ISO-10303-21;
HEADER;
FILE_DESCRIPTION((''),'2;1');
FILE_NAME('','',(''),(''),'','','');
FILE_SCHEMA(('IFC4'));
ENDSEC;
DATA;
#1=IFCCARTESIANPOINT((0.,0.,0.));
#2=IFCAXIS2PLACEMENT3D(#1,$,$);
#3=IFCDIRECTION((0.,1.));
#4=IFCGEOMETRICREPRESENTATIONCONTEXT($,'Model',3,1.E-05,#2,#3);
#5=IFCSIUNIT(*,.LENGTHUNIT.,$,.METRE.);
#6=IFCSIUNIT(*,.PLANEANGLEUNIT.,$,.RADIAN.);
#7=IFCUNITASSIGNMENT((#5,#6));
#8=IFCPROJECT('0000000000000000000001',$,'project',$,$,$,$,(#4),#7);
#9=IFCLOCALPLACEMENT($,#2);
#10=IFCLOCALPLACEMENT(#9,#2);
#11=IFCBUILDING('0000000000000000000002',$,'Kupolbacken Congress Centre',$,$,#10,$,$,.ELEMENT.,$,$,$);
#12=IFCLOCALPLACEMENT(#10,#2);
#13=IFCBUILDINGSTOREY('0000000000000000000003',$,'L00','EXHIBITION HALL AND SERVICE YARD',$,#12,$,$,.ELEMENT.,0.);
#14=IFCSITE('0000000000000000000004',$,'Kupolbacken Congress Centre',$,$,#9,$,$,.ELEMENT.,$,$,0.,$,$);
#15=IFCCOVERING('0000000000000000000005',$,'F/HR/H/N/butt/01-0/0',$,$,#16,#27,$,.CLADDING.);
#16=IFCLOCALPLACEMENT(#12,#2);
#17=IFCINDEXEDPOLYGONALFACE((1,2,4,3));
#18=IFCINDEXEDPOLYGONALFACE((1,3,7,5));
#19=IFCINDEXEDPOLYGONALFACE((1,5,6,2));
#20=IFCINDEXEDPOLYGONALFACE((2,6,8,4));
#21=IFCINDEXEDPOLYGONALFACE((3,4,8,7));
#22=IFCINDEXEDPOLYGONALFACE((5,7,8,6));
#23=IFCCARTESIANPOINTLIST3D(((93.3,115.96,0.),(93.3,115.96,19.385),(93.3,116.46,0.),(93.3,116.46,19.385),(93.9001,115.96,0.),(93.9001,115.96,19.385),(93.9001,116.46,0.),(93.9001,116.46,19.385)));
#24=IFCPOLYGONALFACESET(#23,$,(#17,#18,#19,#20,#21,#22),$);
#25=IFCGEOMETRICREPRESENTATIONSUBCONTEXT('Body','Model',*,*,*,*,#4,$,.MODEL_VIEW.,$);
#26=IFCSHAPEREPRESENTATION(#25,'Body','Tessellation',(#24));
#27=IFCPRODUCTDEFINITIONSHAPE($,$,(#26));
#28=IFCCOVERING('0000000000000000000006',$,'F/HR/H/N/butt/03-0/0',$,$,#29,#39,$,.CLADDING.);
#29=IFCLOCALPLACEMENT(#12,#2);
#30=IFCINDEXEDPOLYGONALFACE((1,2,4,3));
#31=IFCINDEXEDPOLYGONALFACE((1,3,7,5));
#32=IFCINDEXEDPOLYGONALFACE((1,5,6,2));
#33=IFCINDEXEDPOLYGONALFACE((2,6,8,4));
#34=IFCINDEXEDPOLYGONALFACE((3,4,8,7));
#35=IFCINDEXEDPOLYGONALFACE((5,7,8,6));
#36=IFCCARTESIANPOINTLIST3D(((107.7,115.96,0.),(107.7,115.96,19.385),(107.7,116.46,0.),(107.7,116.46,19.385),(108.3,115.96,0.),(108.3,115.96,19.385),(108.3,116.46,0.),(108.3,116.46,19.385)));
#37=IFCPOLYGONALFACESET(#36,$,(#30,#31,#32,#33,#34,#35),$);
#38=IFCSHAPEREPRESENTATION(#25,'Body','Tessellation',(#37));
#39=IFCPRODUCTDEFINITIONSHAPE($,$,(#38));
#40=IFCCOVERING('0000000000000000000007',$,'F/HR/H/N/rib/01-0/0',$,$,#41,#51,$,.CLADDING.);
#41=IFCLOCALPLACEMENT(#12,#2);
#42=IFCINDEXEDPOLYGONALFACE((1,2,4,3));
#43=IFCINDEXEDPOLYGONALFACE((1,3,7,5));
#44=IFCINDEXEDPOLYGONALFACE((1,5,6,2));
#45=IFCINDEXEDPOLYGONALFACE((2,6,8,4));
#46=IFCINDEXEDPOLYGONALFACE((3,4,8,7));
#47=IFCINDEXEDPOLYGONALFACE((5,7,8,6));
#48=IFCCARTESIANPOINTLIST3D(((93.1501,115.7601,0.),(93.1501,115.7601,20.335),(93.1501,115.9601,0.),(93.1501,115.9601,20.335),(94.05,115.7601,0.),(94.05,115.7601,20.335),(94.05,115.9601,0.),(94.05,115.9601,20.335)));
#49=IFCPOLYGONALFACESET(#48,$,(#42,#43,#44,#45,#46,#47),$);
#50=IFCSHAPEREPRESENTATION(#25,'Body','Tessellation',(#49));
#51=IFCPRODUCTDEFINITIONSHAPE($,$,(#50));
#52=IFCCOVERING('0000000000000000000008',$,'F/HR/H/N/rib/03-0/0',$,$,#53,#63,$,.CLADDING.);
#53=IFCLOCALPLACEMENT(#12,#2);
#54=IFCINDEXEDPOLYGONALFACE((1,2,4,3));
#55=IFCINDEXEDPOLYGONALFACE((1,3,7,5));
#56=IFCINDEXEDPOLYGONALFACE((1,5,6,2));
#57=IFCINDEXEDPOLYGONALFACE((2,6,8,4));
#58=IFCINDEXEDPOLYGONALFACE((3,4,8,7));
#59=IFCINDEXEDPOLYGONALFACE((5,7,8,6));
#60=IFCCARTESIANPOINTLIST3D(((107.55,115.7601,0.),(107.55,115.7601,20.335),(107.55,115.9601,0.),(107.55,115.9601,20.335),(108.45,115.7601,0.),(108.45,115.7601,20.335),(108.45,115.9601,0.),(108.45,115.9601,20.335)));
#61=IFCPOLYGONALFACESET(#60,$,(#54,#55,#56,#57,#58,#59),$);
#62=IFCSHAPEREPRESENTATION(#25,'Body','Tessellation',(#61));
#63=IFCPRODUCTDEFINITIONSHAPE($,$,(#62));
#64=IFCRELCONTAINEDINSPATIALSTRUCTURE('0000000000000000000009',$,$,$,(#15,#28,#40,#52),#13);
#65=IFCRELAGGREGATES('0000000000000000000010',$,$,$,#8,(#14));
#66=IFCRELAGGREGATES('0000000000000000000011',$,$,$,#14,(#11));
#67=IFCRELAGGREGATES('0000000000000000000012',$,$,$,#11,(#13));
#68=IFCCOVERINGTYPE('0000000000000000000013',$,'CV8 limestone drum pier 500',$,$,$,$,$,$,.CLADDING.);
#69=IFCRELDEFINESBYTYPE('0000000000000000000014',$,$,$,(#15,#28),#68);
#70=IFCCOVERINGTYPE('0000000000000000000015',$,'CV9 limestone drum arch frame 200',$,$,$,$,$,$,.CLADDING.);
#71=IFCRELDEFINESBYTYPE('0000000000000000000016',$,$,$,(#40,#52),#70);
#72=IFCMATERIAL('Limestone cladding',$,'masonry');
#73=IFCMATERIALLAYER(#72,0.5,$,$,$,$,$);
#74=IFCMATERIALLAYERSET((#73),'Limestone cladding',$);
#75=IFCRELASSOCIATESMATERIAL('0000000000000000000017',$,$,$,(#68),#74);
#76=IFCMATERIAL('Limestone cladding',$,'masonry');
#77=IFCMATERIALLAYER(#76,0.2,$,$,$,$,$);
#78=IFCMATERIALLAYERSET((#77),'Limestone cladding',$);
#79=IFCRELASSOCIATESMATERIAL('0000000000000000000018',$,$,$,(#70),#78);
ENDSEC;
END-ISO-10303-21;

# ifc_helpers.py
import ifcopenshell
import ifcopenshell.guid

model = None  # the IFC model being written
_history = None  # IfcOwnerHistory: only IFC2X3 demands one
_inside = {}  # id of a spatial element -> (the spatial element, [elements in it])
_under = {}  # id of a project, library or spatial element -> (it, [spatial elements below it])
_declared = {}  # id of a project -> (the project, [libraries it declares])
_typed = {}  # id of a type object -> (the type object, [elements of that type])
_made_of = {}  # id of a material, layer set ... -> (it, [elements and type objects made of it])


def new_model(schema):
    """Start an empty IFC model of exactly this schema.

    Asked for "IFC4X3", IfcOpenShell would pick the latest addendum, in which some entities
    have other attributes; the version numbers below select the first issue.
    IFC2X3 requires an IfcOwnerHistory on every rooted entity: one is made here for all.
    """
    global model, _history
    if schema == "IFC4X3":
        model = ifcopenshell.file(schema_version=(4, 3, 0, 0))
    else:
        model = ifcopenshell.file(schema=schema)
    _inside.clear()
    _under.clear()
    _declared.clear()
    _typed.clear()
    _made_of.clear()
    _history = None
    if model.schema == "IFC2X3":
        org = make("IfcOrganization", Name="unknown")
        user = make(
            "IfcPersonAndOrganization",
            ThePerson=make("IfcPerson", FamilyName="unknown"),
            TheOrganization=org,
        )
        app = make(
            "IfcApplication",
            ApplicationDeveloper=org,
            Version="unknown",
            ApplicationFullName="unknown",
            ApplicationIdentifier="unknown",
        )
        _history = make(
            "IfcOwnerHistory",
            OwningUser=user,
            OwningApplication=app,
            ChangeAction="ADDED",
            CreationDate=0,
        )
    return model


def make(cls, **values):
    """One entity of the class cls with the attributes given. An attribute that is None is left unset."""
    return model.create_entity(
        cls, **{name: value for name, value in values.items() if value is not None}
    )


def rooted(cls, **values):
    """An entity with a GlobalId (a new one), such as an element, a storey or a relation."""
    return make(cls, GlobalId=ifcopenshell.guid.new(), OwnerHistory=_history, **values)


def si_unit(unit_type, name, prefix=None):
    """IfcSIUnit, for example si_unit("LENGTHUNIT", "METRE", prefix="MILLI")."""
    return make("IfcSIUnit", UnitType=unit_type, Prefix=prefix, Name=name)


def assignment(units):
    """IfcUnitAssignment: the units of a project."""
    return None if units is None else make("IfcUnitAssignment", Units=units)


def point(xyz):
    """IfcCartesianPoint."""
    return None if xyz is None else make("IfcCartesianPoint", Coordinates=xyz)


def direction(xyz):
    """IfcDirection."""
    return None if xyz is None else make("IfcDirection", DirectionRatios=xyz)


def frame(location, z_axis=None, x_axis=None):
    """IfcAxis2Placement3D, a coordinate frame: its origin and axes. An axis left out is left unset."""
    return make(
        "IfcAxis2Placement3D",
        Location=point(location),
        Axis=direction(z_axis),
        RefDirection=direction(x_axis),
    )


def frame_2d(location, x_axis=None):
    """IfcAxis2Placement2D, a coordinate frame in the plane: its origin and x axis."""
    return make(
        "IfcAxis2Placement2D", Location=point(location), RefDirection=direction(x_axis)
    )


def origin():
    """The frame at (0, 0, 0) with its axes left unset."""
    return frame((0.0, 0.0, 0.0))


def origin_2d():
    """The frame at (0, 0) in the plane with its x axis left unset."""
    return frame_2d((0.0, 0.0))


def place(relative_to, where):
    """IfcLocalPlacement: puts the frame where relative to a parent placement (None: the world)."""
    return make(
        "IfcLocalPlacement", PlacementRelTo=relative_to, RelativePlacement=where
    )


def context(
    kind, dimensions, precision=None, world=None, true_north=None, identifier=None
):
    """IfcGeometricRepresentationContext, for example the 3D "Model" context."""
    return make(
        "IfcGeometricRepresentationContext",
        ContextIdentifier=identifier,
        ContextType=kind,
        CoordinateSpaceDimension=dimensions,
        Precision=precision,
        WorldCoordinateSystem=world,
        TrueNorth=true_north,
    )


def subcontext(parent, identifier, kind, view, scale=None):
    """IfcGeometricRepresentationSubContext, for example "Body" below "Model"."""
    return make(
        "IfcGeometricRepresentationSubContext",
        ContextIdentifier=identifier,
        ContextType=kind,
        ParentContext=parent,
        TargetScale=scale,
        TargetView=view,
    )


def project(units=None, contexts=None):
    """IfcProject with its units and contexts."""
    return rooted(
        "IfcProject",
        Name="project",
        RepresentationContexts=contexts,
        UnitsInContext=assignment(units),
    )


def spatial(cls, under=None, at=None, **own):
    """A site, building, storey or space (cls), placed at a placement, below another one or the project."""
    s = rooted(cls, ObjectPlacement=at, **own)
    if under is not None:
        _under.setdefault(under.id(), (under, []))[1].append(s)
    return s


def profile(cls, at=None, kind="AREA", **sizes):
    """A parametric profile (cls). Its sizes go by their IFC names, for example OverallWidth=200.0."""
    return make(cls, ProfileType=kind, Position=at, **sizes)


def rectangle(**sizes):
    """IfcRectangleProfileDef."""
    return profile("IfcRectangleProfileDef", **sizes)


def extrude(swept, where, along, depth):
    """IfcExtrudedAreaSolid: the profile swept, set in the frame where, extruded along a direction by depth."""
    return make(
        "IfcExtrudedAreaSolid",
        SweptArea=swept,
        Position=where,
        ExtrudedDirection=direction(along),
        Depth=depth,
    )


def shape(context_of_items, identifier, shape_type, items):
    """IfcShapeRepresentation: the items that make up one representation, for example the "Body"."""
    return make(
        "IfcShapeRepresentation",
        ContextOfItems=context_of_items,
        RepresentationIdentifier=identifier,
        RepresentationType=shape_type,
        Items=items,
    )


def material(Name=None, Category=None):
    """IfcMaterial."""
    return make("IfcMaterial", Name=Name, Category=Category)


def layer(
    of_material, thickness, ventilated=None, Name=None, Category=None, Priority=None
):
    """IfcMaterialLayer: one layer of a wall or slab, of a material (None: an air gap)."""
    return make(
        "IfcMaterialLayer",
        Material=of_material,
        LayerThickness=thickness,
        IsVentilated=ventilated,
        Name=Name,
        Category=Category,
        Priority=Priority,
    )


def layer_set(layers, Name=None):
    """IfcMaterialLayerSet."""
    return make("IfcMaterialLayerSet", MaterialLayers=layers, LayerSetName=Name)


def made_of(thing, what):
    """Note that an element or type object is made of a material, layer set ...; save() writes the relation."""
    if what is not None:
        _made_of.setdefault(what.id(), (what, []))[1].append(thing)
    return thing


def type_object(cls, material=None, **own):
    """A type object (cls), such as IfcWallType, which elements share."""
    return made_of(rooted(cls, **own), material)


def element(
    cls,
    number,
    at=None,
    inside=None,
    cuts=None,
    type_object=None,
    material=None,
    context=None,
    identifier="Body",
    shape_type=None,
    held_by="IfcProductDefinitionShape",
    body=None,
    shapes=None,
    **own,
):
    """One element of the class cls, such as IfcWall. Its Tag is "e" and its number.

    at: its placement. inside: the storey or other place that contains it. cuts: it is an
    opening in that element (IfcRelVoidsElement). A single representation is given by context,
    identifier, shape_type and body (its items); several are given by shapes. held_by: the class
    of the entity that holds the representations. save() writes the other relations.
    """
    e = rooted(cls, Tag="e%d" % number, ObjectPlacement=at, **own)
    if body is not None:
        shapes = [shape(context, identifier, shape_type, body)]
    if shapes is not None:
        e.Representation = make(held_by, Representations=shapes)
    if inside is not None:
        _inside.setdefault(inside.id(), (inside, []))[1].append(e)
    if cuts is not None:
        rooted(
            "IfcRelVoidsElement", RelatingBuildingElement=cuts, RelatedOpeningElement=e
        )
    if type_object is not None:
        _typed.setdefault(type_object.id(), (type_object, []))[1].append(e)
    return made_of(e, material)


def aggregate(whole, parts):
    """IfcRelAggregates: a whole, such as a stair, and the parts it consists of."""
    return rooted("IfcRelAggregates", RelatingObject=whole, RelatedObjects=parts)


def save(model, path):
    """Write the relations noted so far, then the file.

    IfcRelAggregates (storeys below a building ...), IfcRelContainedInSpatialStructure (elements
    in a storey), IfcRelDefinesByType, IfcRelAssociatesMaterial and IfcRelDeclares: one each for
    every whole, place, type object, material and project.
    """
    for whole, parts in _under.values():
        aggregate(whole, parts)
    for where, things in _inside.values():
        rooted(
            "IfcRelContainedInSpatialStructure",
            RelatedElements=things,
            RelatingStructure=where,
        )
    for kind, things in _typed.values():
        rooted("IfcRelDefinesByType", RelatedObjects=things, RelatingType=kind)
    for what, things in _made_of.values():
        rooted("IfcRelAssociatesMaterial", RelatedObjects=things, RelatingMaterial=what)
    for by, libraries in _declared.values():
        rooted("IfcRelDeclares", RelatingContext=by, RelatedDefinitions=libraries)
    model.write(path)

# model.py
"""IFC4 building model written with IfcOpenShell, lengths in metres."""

from ifc_helpers import new_model, si_unit, direction, frame, origin, origin_2d, place, context, subcontext, project, spatial, rectangle, extrude, material, layer, layer_set, type_object, element, save


model = new_model("IFC4")

# Units and contexts
model_context = context("Model", 3, precision=1e-05, world=origin(), true_north=direction((0.0, 1.0)))
body_context = subcontext(model_context, "Body", "Model", "MODEL_VIEW")
ifc_project = project(units=[si_unit("LENGTHUNIT", "METRE"), si_unit("PLANEANGLEUNIT", "RADIAN")], contexts=[model_context])

# Site, building, storey
site_placement = place(None, origin())
site = spatial("IfcSite", under=ifc_project, at=site_placement, Name="Kupolbacken Congress Centre", CompositionType="ELEMENT", RefElevation=0.0)
building_placement = place(site_placement, origin())
building = spatial("IfcBuilding", under=site, at=building_placement, Name="Kupolbacken Congress Centre", CompositionType="ELEMENT")
storey_placement = place(building_placement, origin())
storey = spatial("IfcBuildingStorey", under=building, at=storey_placement, Name="L00", Description="EXHIBITION HALL AND SERVICE YARD", CompositionType="ELEMENT", Elevation=0.0)

# Coverings
ifc_material_1 = material(Name="Limestone cladding", Category="masonry")
ifc_layer_1 = layer(ifc_material_1, 0.5)
ifc_layer_set_1 = layer_set([ifc_layer_1], Name="Limestone cladding")
covering_type_1 = type_object("IfcCoveringType", Name="CV8 limestone drum pier 500", PredefinedType="CLADDING", material=ifc_layer_set_1)
for number, where, z_axis, x_axis, name in (
    (1, (93.6001, 116.21, 0.0), (0.0, 0.0, 1.0), (1.0, 0.0, 0.0), "F/HR/H/N/butt/01-0/0"),
    (2, (108.0, 116.21, 0.0), (0.0, 0.0, 1.0), (1.0, 0.0, 0.0), "F/HR/H/N/butt/03-0/0"),
):
    element("IfcCovering", number, at=place(storey_placement, frame(where, z_axis=z_axis, x_axis=x_axis)), inside=storey, type_object=covering_type_1, Name=name, PredefinedType="CLADDING", context=body_context, shape_type="SweptSolid", body=[
        extrude(rectangle(XDim=0.6001, YDim=0.5, at=origin_2d()), origin(), (0.0, 0.0, 1.0), 19.385),
    ])
ifc_material_2 = material(Name="Limestone cladding", Category="masonry")
ifc_layer_2 = layer(ifc_material_2, 0.2)
ifc_layer_set_2 = layer_set([ifc_layer_2], Name="Limestone cladding")
covering_type_2 = type_object("IfcCoveringType", Name="CV9 limestone drum arch frame 200", PredefinedType="CLADDING", material=ifc_layer_set_2)
for number, where, z_axis, x_axis, name in (
    (3, (93.6001, 115.8601, 0.0), (0.0, 0.0, 1.0), (1.0, 0.0, 0.0), "F/HR/H/N/rib/01-0/0"),
    (4, (108.0, 115.8601, 0.0), (0.0, 0.0, 1.0), (1.0, 0.0, 0.0), "F/HR/H/N/rib/03-0/0"),
):
    element("IfcCovering", number, at=place(storey_placement, frame(where, z_axis=z_axis, x_axis=x_axis)), inside=storey, type_object=covering_type_2, Name=name, PredefinedType="CLADDING", context=body_context, shape_type="SweptSolid", body=[
        extrude(rectangle(XDim=0.8999, YDim=0.2, at=origin_2d()), origin(), (0.0, 0.0, 1.0), 20.335),
    ])

save(model, "model.ifc")
